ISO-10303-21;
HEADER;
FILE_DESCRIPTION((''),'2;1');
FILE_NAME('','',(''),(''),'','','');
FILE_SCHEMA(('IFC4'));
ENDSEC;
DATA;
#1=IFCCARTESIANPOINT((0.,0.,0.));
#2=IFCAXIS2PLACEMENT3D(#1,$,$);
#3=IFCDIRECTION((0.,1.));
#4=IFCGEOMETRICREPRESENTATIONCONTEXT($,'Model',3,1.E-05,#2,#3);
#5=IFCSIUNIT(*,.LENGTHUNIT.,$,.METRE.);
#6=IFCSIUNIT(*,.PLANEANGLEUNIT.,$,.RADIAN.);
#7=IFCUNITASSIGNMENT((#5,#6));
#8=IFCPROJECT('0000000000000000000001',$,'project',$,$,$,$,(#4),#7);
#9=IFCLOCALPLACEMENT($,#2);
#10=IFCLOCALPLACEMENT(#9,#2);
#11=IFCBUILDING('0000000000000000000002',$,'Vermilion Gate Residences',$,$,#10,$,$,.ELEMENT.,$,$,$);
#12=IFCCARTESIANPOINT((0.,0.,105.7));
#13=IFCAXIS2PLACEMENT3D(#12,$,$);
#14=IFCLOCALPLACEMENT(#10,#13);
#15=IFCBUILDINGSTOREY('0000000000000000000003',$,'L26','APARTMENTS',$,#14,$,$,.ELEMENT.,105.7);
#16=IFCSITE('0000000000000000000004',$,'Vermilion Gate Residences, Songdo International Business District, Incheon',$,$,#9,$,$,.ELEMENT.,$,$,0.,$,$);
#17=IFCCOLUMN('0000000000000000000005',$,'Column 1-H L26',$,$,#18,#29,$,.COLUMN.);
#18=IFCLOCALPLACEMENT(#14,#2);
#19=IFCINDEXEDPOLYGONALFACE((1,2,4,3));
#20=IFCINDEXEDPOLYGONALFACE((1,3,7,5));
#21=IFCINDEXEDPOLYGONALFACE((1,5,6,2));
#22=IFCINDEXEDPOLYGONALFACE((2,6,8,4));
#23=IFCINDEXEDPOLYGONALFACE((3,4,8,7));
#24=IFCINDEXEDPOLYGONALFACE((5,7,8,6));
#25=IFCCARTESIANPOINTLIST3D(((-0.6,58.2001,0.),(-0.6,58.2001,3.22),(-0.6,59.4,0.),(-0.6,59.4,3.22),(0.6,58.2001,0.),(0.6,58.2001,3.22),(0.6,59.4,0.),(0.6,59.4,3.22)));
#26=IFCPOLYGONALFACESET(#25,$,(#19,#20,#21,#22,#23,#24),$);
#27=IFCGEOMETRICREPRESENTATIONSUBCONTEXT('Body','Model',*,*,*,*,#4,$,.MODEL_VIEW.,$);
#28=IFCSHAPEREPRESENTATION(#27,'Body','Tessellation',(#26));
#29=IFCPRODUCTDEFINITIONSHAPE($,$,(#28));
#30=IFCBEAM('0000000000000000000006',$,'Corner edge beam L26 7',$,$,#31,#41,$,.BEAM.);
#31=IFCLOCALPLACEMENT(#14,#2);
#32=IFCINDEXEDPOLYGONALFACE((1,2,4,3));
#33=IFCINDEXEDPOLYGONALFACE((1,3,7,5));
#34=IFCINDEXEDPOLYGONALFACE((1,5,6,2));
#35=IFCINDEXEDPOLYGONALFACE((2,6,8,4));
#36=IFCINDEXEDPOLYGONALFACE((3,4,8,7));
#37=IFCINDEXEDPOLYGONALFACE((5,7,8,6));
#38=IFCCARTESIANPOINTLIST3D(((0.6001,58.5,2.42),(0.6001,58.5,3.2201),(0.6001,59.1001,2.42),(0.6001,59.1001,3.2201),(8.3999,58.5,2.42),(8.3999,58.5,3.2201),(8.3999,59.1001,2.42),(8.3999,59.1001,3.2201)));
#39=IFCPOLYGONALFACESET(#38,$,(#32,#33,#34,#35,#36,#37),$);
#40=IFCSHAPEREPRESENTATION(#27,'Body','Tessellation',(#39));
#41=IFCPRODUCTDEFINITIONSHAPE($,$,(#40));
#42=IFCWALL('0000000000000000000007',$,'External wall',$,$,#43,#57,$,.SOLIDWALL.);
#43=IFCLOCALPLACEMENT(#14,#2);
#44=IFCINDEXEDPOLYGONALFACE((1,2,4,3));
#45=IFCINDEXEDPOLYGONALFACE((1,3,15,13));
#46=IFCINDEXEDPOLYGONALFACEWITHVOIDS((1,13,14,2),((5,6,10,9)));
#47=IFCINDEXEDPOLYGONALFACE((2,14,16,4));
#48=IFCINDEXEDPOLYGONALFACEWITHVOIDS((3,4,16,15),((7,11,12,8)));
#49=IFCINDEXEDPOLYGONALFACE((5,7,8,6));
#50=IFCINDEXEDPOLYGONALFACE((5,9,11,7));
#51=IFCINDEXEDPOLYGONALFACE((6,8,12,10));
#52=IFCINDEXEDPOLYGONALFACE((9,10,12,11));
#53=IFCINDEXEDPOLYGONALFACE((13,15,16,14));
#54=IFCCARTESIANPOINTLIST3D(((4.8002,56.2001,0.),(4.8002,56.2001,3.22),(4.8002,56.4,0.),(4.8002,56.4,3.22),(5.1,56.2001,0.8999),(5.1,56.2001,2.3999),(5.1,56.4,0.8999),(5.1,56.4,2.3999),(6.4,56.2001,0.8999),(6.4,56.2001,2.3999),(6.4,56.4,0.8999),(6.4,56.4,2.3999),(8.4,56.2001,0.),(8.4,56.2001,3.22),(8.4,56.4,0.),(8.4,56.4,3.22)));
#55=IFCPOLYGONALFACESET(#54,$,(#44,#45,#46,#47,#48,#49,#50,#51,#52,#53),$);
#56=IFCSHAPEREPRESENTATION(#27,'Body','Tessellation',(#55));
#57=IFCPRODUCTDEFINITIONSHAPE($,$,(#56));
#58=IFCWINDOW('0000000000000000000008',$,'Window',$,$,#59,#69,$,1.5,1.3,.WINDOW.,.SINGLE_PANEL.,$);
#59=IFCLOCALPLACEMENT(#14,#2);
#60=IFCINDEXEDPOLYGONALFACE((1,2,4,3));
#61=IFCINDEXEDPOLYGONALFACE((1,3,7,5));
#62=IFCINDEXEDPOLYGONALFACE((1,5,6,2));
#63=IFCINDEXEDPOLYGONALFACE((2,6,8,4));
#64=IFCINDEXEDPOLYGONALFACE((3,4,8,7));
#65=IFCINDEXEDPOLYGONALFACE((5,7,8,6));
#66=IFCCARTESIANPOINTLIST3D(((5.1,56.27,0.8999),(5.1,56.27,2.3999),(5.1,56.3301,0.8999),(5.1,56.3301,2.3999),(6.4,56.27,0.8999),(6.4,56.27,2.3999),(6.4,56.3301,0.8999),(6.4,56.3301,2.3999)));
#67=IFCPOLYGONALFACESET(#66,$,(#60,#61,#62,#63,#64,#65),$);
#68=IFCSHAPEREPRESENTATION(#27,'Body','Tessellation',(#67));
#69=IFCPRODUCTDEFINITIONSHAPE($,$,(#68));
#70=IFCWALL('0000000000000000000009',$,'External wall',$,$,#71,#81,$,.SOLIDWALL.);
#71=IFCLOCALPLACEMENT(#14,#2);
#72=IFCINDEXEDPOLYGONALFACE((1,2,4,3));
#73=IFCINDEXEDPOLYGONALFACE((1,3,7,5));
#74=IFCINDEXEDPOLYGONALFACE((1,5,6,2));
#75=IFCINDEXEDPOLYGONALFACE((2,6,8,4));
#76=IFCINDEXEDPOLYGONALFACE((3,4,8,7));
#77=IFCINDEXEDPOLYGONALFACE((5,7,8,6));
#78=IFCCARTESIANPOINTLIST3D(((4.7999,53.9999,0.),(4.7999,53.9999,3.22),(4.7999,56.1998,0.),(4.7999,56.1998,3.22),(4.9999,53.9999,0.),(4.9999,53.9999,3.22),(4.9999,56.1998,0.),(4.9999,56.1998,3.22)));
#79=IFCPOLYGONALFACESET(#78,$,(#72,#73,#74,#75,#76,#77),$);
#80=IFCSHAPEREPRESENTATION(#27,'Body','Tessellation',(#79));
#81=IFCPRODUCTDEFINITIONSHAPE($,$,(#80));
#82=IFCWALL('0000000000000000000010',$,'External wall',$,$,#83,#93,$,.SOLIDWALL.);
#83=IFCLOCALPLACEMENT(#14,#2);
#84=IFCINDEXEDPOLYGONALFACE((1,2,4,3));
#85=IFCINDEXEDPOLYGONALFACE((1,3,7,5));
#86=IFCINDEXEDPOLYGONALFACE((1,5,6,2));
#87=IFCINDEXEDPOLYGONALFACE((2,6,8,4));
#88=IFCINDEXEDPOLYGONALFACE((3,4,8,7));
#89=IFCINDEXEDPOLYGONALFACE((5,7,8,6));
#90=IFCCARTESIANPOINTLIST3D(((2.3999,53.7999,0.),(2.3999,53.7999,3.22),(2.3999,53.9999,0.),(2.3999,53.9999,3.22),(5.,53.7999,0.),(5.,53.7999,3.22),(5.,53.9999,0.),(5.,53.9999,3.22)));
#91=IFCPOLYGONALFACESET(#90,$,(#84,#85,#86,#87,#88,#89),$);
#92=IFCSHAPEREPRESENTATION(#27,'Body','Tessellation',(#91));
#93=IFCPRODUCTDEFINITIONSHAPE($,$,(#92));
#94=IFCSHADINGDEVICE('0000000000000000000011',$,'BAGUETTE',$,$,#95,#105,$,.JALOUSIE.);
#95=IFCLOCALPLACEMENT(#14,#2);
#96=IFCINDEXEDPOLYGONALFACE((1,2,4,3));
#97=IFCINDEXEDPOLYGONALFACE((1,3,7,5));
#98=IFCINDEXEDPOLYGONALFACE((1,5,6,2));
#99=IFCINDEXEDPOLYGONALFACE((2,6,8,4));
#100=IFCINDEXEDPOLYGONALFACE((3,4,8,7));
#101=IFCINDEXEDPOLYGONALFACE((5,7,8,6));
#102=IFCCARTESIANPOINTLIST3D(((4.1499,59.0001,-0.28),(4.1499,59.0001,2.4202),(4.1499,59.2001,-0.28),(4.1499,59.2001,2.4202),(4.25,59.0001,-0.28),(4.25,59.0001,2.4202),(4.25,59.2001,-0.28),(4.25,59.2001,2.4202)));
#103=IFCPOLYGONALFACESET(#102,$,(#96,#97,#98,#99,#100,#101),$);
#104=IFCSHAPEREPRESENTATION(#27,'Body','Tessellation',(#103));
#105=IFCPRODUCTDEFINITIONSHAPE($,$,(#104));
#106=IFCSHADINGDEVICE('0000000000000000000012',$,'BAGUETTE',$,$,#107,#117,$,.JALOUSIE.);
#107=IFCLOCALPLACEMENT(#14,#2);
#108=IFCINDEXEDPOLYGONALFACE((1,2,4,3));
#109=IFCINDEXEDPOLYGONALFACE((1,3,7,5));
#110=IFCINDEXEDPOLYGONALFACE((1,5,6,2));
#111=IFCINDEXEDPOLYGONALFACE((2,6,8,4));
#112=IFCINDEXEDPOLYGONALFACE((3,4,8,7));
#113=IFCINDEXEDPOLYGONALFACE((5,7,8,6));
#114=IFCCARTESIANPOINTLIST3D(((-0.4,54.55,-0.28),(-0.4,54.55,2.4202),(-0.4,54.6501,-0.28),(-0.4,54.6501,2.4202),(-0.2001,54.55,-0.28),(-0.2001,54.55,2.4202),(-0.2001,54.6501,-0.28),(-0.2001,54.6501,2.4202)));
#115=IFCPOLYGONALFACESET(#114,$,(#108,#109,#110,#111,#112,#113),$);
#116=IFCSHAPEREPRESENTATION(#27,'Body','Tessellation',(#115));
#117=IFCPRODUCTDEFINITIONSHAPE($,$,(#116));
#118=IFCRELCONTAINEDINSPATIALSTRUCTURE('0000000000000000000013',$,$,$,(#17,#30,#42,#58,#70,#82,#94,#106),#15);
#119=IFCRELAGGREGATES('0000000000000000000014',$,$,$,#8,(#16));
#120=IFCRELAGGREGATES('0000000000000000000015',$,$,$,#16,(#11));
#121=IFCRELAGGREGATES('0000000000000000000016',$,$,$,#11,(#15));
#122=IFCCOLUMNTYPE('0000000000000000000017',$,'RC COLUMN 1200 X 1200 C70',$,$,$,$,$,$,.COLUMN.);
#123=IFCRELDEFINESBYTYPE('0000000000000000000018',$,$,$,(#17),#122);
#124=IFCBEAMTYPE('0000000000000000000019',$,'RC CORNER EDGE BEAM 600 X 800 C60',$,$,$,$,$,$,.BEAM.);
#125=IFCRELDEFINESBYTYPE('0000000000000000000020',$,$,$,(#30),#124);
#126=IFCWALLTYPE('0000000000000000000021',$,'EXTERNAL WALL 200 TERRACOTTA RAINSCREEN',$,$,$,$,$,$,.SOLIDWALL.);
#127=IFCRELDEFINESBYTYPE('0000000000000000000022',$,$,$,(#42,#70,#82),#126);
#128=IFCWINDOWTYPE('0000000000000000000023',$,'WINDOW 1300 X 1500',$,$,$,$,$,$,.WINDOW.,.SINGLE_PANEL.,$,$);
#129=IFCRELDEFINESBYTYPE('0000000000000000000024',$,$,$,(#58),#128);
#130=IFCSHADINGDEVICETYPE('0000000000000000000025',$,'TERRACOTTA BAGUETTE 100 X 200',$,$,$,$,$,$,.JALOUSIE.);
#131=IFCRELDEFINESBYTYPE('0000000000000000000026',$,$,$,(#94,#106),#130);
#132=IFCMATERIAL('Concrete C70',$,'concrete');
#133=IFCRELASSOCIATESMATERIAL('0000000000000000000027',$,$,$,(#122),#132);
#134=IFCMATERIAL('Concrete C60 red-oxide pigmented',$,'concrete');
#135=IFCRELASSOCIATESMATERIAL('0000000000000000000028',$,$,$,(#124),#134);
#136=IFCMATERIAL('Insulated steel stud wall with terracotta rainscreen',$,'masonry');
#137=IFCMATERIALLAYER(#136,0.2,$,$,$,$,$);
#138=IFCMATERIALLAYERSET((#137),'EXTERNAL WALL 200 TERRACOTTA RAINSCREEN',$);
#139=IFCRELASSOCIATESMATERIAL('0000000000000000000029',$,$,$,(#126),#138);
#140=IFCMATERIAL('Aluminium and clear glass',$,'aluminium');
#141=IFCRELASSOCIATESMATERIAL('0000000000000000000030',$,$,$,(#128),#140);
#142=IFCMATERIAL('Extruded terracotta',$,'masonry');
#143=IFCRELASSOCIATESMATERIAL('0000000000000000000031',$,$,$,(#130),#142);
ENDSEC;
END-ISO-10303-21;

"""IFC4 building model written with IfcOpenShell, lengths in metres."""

from ifc_helpers import new_model, si_unit, direction, frame, frame_2d, origin, origin_2d, place, context, subcontext, project, spatial, rectangle, extrude, material, layer, layer_set, material_profile, profile_set, type_object, element, fill, save


model = new_model("IFC4")

# Units and contexts
model_context = context("Model", 3, precision=1e-05, world=origin(), true_north=direction((0.0, 1.0)))
body_context = subcontext(model_context, "Body", "Model", "MODEL_VIEW")
ifc_project = project(units=[si_unit("LENGTHUNIT", "METRE"), si_unit("PLANEANGLEUNIT", "RADIAN")], contexts=[model_context])

# Site, building, storey
site_placement = place(None, origin())
site = spatial("IfcSite", under=ifc_project, at=site_placement, Name="Vermilion Gate Residences, Songdo International Business District, Incheon", CompositionType="ELEMENT", RefElevation=0.0)
building_placement = place(site_placement, origin())
building = spatial("IfcBuilding", under=site, at=building_placement, Name="Vermilion Gate Residences", CompositionType="ELEMENT")
storey_placement = place(building_placement, frame((0.0, 0.0, 105.7)))
storey = spatial("IfcBuildingStorey", under=building, at=storey_placement, Name="L26", Description="APARTMENTS", CompositionType="ELEMENT", Elevation=105.7)

# Column
ifc_material_1 = material(Name="Concrete C70", Category="concrete")
ifc_material_profile_1 = material_profile(ifc_material_1, rectangle(XDim=1.2, YDim=1.2, at=origin_2d()), Name="RC-1200x1200")
ifc_profile_set_1 = profile_set([ifc_material_profile_1], Name="Concrete C70")
column_type = type_object("IfcColumnType", Name="RC COLUMN 1200 X 1200 C70", PredefinedType="COLUMN", material=ifc_profile_set_1)
column_placement = place(storey_placement, frame((0.0, 58.8, 0.0), z_axis=(0.0, 0.0, 1.0), x_axis=(1.0, 0.0, 0.0)))
element("IfcColumn", 1, at=column_placement, inside=storey, type_object=column_type, Name="Column 1-H L26", PredefinedType="COLUMN", context=body_context, shape_type="SweptSolid", body=[
    extrude(rectangle(XDim=1.2, YDim=1.2, at=origin_2d()), origin(), (0.0, 0.0, 1.0), 3.22),
])

# Beam
ifc_material_2 = material(Name="Concrete C60 red-oxide pigmented", Category="concrete")
ifc_material_profile_2 = material_profile(ifc_material_2, rectangle(XDim=0.6001, YDim=0.8, at=origin_2d()), Name="RC-600x800")
ifc_profile_set_2 = profile_set([ifc_material_profile_2], Name="Concrete C60 red-oxide pigmented")
beam_type = type_object("IfcBeamType", Name="RC CORNER EDGE BEAM 600 X 800 C60", PredefinedType="BEAM", material=ifc_profile_set_2)
beam_placement = place(storey_placement, frame((0.6001, 58.8, 2.8201), z_axis=(1.0, 0.0, 0.0), x_axis=(0.0, 1.0, 0.0)))
element("IfcBeam", 2, at=beam_placement, inside=storey, type_object=beam_type, Name="Corner edge beam L26 7", PredefinedType="BEAM", context=body_context, shape_type="SweptSolid", body=[
    extrude(rectangle(XDim=0.6001, YDim=0.8, at=origin_2d()), origin(), (0.0, 0.0, 1.0), 7.7998),
])

# Wall, opening, window
ifc_material_3 = material(Name="Insulated steel stud wall with terracotta rainscreen", Category="masonry")
ifc_layer = layer(ifc_material_3, 0.2)
ifc_layer_set = layer_set([ifc_layer], Name="EXTERNAL WALL 200 TERRACOTTA RAINSCREEN")
wall_type = type_object("IfcWallType", Name="EXTERNAL WALL 200 TERRACOTTA RAINSCREEN", PredefinedType="SOLIDWALL", material=ifc_layer_set)
wall_1_placement = place(storey_placement, frame((8.3999, 56.3, 0.0), z_axis=(0.0, 0.0, 1.0), x_axis=(-1.0, 0.0, 0.0)))
wall_1 = element("IfcWall", 3, at=wall_1_placement, inside=storey, type_object=wall_type, Name="External wall", PredefinedType="SOLIDWALL", context=body_context, shape_type="SweptSolid", body=[
    extrude(rectangle(XDim=3.5999, YDim=0.2, at=frame_2d((1.7998, 0.0))), origin(), (0.0, 0.0, 1.0), 3.22),
])
opening_1_placement = place(wall_1_placement, frame((2.0, 0.0, 0.8999)))
opening_1 = element("IfcOpeningElement", 4, at=opening_1_placement, cuts=wall_1, PredefinedType="OPENING", context=body_context, shape_type="SweptSolid", body=[
    extrude(rectangle(XDim=1.3, YDim=1.5, at=frame_2d((0.6499, 0.75))), frame((0.0, 0.1099, 0.0), z_axis=(0.0, -1.0, 0.0), x_axis=(1.0, 0.0, 0.0)), (0.0, 0.0, 1.0), 0.22),
])
ifc_material_4 = material(Name="Aluminium and clear glass", Category="aluminium")
window_type_1 = type_object("IfcWindowType", Name="WINDOW 1300 X 1500", PartitioningType="SINGLE_PANEL", PredefinedType="WINDOW", material=ifc_material_4)
window_1_placement = place(opening_1_placement, origin())
window_1 = element("IfcWindow", 5, at=window_1_placement, inside=storey, type_object=window_type_1, Name="Window", OverallHeight=1.5, OverallWidth=1.3, PartitioningType="SINGLE_PANEL", PredefinedType="WINDOW", context=body_context, shape_type="SweptSolid", body=[
    extrude(rectangle(XDim=1.3, YDim=1.5, at=frame_2d((0.6499, 0.75))), frame((0.0, 0.03, 0.0), z_axis=(0.0, -1.0, 0.0), x_axis=(1.0, 0.0, 0.0)), (0.0, 0.0, 1.0), 0.0601),
])
fill(opening_1, window_1)

# Walls
wall_2_placement = place(storey_placement, frame((4.8999, 56.2, 0.0), z_axis=(0.0, 0.0, 1.0), x_axis=(0.0, -1.0, 0.0)))
element("IfcWall", 6, at=wall_2_placement, inside=storey, type_object=wall_type, Name="External wall", PredefinedType="SOLIDWALL", context=body_context, shape_type="SweptSolid", body=[
    extrude(rectangle(XDim=2.2, YDim=0.2, at=frame_2d((1.1001, 0.0))), origin(), (0.0, 0.0, 1.0), 3.22),
])
wall_3_placement = place(storey_placement, frame((5.0, 53.8999, 0.0), z_axis=(0.0, 0.0, 1.0), x_axis=(-1.0, 0.0, 0.0)))
element("IfcWall", 7, at=wall_3_placement, inside=storey, type_object=wall_type, Name="External wall", PredefinedType="SOLIDWALL", context=body_context, shape_type="SweptSolid", body=[
    extrude(rectangle(XDim=2.6001, YDim=0.2, at=frame_2d((1.3, 0.0))), origin(), (0.0, 0.0, 1.0), 3.22),
])

# Shading devices
ifc_material_5 = material(Name="Extruded terracotta", Category="masonry")
ifc_material_profile_3 = material_profile(ifc_material_5, rectangle(XDim=0.2, YDim=0.1001, at=origin_2d()), Name="BAGUETTE 100 X 200")
ifc_profile_set_3 = profile_set([ifc_material_profile_3], Name="Extruded terracotta")
shading_device_type = type_object("IfcShadingDeviceType", Name="TERRACOTTA BAGUETTE 100 X 200", PredefinedType="JALOUSIE", material=ifc_profile_set_3)
for number, where, z_axis, x_axis, name in (
    (8, (4.2, 59.1001, -0.28), (0.0, 0.0, 1.0), (0.0, -1.0, 0.0), "BAGUETTE"),
    (9, (-0.3, 54.6001, -0.28), (0.0, 0.0, 1.0), (1.0, 0.0, 0.0), "BAGUETTE"),
):
    element("IfcShadingDevice", number, at=place(storey_placement, frame(where, z_axis=z_axis, x_axis=x_axis)), inside=storey, type_object=shading_device_type, Name=name, PredefinedType="JALOUSIE", context=body_context, shape_type="SweptSolid", body=[
        extrude(rectangle(XDim=0.2, YDim=0.1001, at=origin_2d()), origin(), (0.0, 0.0, 1.0), 2.7002),
    ])

save(model, "model.ifc")
